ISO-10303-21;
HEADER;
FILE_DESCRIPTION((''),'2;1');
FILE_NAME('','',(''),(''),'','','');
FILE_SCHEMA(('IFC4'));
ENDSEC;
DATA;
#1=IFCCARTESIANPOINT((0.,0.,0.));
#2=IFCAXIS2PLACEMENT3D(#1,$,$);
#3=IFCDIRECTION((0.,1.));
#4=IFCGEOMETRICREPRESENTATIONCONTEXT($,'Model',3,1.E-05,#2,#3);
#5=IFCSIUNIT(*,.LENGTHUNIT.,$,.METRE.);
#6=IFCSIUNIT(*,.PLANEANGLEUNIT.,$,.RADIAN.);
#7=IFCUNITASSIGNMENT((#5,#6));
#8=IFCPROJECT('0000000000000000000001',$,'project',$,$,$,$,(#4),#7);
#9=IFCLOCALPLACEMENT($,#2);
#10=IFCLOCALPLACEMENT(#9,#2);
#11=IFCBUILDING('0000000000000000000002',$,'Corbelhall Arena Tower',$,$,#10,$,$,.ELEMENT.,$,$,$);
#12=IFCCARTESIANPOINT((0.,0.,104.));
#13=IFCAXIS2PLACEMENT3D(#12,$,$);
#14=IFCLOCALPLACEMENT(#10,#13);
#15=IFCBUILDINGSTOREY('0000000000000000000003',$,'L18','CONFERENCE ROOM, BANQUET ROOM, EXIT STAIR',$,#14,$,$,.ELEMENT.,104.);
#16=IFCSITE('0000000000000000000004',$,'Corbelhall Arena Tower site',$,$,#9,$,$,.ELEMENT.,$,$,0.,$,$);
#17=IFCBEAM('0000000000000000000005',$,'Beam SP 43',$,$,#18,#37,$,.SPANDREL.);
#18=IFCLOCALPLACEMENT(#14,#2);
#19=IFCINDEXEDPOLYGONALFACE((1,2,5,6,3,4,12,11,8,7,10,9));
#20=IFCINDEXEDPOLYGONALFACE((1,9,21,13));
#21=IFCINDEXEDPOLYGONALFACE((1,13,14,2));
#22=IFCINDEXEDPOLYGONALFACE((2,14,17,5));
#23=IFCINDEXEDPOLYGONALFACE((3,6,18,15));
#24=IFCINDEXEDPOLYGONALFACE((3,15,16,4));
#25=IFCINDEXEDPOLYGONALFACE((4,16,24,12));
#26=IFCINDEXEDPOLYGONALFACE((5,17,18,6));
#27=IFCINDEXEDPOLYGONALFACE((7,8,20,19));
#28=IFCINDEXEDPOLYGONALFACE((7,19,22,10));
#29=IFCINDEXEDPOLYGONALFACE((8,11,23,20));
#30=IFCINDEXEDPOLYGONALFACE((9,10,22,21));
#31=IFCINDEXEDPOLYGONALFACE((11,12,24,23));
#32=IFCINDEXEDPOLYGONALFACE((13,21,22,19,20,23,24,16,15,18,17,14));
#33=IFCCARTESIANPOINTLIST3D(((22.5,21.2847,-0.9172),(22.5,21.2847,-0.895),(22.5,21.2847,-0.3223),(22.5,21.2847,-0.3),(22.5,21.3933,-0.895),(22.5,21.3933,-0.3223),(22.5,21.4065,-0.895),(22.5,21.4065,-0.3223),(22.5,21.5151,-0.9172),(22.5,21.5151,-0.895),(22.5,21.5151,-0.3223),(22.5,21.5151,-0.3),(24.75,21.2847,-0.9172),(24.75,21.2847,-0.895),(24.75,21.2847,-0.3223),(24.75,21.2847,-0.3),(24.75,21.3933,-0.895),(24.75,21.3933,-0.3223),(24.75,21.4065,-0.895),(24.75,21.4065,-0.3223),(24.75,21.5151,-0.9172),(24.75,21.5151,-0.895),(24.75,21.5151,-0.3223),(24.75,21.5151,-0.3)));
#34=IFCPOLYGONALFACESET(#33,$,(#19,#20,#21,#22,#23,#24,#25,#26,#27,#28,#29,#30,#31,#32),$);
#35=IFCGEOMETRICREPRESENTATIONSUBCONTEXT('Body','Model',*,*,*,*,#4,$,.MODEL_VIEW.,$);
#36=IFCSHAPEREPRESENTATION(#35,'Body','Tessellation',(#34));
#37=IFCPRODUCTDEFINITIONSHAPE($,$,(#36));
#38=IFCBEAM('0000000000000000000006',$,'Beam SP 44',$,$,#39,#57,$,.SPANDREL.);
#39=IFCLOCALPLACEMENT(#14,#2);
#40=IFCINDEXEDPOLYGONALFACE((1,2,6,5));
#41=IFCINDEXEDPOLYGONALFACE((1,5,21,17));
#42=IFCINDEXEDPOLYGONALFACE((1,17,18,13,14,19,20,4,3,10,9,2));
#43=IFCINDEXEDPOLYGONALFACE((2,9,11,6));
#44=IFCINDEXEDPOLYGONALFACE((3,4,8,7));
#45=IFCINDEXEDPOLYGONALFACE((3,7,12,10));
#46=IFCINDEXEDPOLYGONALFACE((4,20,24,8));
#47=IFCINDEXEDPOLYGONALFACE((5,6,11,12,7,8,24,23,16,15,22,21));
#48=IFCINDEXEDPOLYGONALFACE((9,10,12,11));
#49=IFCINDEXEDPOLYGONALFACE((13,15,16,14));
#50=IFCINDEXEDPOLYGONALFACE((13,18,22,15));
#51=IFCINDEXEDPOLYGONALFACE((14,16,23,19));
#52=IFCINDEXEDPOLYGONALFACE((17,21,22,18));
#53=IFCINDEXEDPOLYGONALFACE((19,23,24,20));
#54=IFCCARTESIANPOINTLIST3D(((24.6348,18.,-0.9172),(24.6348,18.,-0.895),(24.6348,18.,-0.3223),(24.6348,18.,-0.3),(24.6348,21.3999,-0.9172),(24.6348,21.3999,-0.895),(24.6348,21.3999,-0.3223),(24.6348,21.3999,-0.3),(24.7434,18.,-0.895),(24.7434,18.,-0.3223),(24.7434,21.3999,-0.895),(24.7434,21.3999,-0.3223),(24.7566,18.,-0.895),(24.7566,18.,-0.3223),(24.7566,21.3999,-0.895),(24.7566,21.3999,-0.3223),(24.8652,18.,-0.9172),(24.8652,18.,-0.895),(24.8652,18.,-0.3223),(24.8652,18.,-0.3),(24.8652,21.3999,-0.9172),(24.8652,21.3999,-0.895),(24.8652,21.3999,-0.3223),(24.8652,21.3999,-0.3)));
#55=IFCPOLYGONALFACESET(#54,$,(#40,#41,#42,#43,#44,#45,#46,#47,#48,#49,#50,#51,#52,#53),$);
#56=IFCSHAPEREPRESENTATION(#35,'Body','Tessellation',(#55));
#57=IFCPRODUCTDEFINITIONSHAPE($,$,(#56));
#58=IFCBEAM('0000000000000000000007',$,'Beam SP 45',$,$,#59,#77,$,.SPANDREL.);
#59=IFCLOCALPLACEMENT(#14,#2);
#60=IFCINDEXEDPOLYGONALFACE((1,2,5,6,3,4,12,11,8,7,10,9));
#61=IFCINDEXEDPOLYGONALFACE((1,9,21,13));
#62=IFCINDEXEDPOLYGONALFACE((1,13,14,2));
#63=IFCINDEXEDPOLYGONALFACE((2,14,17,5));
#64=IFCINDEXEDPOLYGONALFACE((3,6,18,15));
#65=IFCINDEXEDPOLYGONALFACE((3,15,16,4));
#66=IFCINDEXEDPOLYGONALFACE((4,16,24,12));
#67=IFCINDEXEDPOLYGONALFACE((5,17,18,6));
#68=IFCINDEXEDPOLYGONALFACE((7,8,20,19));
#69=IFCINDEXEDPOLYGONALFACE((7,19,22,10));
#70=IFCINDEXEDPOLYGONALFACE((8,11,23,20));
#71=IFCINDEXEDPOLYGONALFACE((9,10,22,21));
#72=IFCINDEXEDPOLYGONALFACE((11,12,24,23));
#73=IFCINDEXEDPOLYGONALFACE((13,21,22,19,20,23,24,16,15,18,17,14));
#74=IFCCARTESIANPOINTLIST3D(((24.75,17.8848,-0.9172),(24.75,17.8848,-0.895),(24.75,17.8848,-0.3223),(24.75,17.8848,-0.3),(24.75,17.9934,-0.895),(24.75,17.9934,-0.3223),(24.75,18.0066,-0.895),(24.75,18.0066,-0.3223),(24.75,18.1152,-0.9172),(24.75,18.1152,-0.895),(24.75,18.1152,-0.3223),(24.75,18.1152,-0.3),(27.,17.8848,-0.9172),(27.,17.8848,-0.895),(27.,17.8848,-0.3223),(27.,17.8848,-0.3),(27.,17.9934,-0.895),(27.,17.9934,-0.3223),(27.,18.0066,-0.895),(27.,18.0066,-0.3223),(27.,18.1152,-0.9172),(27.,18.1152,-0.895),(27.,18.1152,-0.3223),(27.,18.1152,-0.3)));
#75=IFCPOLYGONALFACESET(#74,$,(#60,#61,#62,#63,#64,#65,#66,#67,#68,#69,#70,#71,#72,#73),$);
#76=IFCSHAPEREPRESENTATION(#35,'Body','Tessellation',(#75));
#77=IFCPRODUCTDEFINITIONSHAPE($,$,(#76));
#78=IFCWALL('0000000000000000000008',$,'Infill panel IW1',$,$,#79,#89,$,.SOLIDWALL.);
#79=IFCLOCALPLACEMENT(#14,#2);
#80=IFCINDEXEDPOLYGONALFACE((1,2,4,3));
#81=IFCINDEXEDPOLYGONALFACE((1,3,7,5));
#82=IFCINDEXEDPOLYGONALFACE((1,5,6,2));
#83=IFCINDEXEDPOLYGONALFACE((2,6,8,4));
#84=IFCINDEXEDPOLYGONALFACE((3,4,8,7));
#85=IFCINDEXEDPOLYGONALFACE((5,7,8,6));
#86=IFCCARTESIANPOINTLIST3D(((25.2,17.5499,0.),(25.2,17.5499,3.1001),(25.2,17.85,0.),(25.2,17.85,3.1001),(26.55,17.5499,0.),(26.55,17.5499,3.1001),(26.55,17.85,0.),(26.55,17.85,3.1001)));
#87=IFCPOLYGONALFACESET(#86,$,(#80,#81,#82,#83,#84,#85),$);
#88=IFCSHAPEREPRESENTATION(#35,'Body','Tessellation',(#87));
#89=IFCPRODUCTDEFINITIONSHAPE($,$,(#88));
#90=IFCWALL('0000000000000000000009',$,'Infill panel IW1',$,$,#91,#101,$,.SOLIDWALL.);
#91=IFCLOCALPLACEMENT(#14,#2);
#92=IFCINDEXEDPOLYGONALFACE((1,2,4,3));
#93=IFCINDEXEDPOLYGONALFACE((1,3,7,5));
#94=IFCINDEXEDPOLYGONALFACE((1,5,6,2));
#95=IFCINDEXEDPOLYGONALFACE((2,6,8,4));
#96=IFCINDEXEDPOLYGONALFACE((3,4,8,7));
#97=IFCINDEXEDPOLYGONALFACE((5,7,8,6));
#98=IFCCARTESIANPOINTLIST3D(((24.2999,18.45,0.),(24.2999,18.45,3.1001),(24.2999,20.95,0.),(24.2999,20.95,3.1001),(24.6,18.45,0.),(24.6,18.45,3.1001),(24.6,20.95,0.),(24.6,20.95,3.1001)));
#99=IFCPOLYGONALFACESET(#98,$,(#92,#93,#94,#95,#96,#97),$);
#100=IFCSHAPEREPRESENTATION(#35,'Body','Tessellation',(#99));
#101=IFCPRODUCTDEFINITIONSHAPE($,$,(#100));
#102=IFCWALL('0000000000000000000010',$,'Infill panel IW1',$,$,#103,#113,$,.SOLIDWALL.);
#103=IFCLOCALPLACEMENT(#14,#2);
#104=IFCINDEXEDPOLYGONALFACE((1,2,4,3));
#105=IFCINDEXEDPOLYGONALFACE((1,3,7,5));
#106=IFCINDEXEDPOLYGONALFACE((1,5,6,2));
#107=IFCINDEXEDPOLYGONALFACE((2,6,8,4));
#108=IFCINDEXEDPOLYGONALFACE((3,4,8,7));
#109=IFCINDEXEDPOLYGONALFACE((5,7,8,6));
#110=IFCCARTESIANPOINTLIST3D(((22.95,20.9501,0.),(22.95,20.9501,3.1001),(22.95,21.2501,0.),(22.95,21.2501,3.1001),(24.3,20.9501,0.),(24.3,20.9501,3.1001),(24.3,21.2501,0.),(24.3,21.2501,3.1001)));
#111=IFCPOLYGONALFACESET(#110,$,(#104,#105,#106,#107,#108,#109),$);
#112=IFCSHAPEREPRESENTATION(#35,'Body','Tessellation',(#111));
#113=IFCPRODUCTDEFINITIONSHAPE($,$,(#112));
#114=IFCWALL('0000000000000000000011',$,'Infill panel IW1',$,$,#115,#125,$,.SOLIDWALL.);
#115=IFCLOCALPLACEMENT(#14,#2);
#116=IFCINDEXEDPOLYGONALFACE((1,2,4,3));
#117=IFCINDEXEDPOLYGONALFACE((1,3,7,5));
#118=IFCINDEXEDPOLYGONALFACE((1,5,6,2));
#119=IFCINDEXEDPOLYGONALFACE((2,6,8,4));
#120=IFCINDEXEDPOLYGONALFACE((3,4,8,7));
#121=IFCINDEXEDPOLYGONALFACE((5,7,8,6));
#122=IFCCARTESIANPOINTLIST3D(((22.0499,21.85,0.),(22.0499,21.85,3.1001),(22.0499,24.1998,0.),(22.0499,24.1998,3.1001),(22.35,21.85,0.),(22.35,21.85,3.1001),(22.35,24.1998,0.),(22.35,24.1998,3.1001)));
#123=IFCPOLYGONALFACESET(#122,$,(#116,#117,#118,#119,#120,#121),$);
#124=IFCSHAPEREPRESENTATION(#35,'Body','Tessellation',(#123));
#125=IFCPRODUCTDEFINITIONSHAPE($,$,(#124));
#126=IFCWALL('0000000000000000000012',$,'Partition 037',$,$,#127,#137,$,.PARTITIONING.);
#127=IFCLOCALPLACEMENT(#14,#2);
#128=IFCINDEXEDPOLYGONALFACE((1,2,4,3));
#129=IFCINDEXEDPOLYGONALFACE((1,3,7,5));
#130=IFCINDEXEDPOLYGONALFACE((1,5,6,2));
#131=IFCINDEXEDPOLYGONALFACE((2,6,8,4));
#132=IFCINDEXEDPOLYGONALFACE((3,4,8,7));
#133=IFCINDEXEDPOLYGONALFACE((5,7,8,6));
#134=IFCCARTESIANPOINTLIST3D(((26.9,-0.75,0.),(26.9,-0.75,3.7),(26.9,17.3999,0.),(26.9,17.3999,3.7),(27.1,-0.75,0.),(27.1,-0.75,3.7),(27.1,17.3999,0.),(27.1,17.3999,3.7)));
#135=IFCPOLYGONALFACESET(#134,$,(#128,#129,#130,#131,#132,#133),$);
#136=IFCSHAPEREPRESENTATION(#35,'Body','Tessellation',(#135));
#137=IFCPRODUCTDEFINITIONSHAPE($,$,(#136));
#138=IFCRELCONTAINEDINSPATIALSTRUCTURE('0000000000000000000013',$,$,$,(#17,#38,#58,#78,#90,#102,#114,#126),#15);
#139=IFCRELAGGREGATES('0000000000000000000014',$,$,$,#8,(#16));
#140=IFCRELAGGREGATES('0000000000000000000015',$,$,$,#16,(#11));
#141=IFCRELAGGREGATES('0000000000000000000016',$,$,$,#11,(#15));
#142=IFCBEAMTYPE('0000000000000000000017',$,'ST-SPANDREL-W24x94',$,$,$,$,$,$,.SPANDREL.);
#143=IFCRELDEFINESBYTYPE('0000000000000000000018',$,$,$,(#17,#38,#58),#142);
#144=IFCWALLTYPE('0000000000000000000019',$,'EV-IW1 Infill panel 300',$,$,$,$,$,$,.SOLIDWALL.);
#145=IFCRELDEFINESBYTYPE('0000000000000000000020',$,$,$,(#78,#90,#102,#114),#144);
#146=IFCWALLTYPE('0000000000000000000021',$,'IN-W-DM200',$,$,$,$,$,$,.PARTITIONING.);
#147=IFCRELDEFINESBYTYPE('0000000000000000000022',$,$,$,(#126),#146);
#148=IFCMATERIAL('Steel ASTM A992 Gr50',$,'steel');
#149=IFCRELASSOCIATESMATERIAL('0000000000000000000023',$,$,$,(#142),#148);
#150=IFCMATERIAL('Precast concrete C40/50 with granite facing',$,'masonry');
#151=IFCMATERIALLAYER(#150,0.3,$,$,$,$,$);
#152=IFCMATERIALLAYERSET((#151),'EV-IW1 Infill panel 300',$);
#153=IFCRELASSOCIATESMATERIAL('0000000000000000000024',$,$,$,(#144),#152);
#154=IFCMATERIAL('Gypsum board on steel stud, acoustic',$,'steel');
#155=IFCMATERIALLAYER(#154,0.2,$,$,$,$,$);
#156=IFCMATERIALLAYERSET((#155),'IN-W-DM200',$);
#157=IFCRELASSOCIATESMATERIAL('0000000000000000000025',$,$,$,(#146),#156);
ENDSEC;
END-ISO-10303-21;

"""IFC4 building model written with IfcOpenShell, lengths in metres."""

from ifc_helpers import new_model, si_unit, direction, frame, frame_2d, origin, origin_2d, place, context, subcontext, project, spatial, rectangle, i_section, extrude, material, layer, layer_set, material_profile, profile_set, type_object, element, save


model = new_model("IFC4")

# Units and contexts
model_context = context("Model", 3, precision=1e-05, world=origin(), true_north=direction((0.0, 1.0)))
body_context = subcontext(model_context, "Body", "Model", "MODEL_VIEW")
ifc_project = project(units=[si_unit("LENGTHUNIT", "METRE"), si_unit("PLANEANGLEUNIT", "RADIAN")], contexts=[model_context])

# Site, building, storey
site_placement = place(None, origin())
site = spatial("IfcSite", under=ifc_project, at=site_placement, Name="Corbelhall Arena Tower site", CompositionType="ELEMENT", RefElevation=0.0)
building_placement = place(site_placement, origin())
building = spatial("IfcBuilding", under=site, at=building_placement, Name="Corbelhall Arena Tower", CompositionType="ELEMENT")
storey_placement = place(building_placement, frame((0.0, 0.0, 104.0)))
storey = spatial("IfcBuildingStorey", under=building, at=storey_placement, Name="L18", Description="CONFERENCE ROOM, BANQUET ROOM, EXIT STAIR", CompositionType="ELEMENT", Elevation=104.0)

# Beams
ifc_material_1 = material(Name="Steel ASTM A992 Gr50", Category="steel")
ifc_material_profile_1 = material_profile(ifc_material_1, i_section(OverallWidth=0.2305, OverallDepth=0.6172, WebThickness=0.0132, FlangeThickness=0.0222, at=origin_2d()))
ifc_profile_set_1 = profile_set([ifc_material_profile_1], Name="Steel ASTM A992 Gr50")
beam_type = type_object("IfcBeamType", Name="ST-SPANDREL-W24x94", PredefinedType="SPANDREL", material=ifc_profile_set_1)
beam_1_placement = place(storey_placement, frame((22.5, 21.3999, -0.6086), z_axis=(1.0, 0.0, 0.0), x_axis=(0.0, 1.0, 0.0)))
element("IfcBeam", 1, at=beam_1_placement, inside=storey, type_object=beam_type, Name="Beam SP 43", PredefinedType="SPANDREL", context=body_context, shape_type="SweptSolid", body=[
    extrude(i_section(OverallWidth=0.2305, OverallDepth=0.6172, WebThickness=0.0132, FlangeThickness=0.0222, at=origin_2d()), origin(), (0.0, 0.0, 1.0), 2.25),
])
beam_2_placement = place(storey_placement, frame((24.75, 21.3999, -0.6086), z_axis=(0.0, -1.0, 0.0), x_axis=(1.0, 0.0, 0.0)))
element("IfcBeam", 2, at=beam_2_placement, inside=storey, type_object=beam_type, Name="Beam SP 44", PredefinedType="SPANDREL", context=body_context, shape_type="SweptSolid", body=[
    extrude(i_section(OverallWidth=0.2305, OverallDepth=0.6172, WebThickness=0.0132, FlangeThickness=0.0222, at=origin_2d()), origin(), (0.0, 0.0, 1.0), 3.3999),
])
beam_3_placement = place(storey_placement, frame((24.75, 18.0, -0.6086), z_axis=(1.0, 0.0, 0.0), x_axis=(0.0, 1.0, 0.0)))
element("IfcBeam", 3, at=beam_3_placement, inside=storey, type_object=beam_type, Name="Beam SP 45", PredefinedType="SPANDREL", context=body_context, shape_type="SweptSolid", body=[
    extrude(i_section(OverallWidth=0.2305, OverallDepth=0.6172, WebThickness=0.0132, FlangeThickness=0.0222, at=origin_2d()), origin(), (0.0, 0.0, 1.0), 2.25),
])

# Walls
ifc_material_2 = material(Name="Precast concrete C40/50 with granite facing", Category="masonry")
ifc_layer_1 = layer(ifc_material_2, 0.3)
ifc_layer_set_1 = layer_set([ifc_layer_1], Name="EV-IW1 Infill panel 300")
wall_type_1 = type_object("IfcWallType", Name="EV-IW1 Infill panel 300", PredefinedType="SOLIDWALL", material=ifc_layer_set_1)
wall_1_placement = place(storey_placement, frame((26.55, 17.7, 0.0), z_axis=(0.0, 0.0, 1.0), x_axis=(-1.0, 0.0, 0.0)))
element("IfcWall", 4, at=wall_1_placement, inside=storey, type_object=wall_type_1, Name="Infill panel IW1", PredefinedType="SOLIDWALL", context=body_context, shape_type="SweptSolid", body=[
    extrude(rectangle(XDim=1.3501, YDim=0.3, at=frame_2d((0.675, 0.0))), origin(), (0.0, 0.0, 1.0), 3.1001),
])
wall_2_placement = place(storey_placement, frame((24.45, 18.45, 0.0), z_axis=(0.0, 0.0, 1.0), x_axis=(0.0, 1.0, 0.0)))
element("IfcWall", 5, at=wall_2_placement, inside=storey, type_object=wall_type_1, Name="Infill panel IW1", PredefinedType="SOLIDWALL", context=body_context, shape_type="SweptSolid", body=[
    extrude(rectangle(XDim=2.5, YDim=0.3, at=frame_2d((1.25, 0.0))), origin(), (0.0, 0.0, 1.0), 3.1001),
])
wall_3_placement = place(storey_placement, frame((24.3, 21.1001, 0.0), z_axis=(0.0, 0.0, 1.0), x_axis=(-1.0, 0.0, 0.0)))
element("IfcWall", 6, at=wall_3_placement, inside=storey, type_object=wall_type_1, Name="Infill panel IW1", PredefinedType="SOLIDWALL", context=body_context, shape_type="SweptSolid", body=[
    extrude(rectangle(XDim=1.3501, YDim=0.3, at=frame_2d((0.675, 0.0))), origin(), (0.0, 0.0, 1.0), 3.1001),
])
wall_4_placement = place(storey_placement, frame((22.2, 21.8501, 0.0), z_axis=(0.0, 0.0, 1.0), x_axis=(0.0, 1.0, 0.0)))
element("IfcWall", 7, at=wall_4_placement, inside=storey, type_object=wall_type_1, Name="Infill panel IW1", PredefinedType="SOLIDWALL", context=body_context, shape_type="SweptSolid", body=[
    extrude(rectangle(XDim=2.3499, YDim=0.3, at=frame_2d((1.1748, 0.0))), origin(), (0.0, 0.0, 1.0), 3.1001),
])

# Shared definitions
ifc_material_3 = material(Name="Gypsum board on steel stud, acoustic", Category="steel")
ifc_layer_2 = layer(ifc_material_3, 0.2)
ifc_layer_set_2 = layer_set([ifc_layer_2], Name="IN-W-DM200")
wall_type_2 = type_object("IfcWallType", Name="IN-W-DM200", PredefinedType="PARTITIONING", material=ifc_layer_set_2)

# Wall
wall_5_placement = place(storey_placement, frame((27.0, 17.3999, 0.0), z_axis=(0.0, 0.0, 1.0), x_axis=(0.0, -1.0, 0.0)))
element("IfcWall", 8, at=wall_5_placement, inside=storey, type_object=wall_type_2, Name="Partition 037", PredefinedType="PARTITIONING", context=body_context, shape_type="SweptSolid", body=[
    extrude(rectangle(XDim=18.1499, YDim=0.2, at=frame_2d((9.075, 0.0))), origin(), (0.0, 0.0, 1.0), 3.7),
])

save(model, "model.ifc")
